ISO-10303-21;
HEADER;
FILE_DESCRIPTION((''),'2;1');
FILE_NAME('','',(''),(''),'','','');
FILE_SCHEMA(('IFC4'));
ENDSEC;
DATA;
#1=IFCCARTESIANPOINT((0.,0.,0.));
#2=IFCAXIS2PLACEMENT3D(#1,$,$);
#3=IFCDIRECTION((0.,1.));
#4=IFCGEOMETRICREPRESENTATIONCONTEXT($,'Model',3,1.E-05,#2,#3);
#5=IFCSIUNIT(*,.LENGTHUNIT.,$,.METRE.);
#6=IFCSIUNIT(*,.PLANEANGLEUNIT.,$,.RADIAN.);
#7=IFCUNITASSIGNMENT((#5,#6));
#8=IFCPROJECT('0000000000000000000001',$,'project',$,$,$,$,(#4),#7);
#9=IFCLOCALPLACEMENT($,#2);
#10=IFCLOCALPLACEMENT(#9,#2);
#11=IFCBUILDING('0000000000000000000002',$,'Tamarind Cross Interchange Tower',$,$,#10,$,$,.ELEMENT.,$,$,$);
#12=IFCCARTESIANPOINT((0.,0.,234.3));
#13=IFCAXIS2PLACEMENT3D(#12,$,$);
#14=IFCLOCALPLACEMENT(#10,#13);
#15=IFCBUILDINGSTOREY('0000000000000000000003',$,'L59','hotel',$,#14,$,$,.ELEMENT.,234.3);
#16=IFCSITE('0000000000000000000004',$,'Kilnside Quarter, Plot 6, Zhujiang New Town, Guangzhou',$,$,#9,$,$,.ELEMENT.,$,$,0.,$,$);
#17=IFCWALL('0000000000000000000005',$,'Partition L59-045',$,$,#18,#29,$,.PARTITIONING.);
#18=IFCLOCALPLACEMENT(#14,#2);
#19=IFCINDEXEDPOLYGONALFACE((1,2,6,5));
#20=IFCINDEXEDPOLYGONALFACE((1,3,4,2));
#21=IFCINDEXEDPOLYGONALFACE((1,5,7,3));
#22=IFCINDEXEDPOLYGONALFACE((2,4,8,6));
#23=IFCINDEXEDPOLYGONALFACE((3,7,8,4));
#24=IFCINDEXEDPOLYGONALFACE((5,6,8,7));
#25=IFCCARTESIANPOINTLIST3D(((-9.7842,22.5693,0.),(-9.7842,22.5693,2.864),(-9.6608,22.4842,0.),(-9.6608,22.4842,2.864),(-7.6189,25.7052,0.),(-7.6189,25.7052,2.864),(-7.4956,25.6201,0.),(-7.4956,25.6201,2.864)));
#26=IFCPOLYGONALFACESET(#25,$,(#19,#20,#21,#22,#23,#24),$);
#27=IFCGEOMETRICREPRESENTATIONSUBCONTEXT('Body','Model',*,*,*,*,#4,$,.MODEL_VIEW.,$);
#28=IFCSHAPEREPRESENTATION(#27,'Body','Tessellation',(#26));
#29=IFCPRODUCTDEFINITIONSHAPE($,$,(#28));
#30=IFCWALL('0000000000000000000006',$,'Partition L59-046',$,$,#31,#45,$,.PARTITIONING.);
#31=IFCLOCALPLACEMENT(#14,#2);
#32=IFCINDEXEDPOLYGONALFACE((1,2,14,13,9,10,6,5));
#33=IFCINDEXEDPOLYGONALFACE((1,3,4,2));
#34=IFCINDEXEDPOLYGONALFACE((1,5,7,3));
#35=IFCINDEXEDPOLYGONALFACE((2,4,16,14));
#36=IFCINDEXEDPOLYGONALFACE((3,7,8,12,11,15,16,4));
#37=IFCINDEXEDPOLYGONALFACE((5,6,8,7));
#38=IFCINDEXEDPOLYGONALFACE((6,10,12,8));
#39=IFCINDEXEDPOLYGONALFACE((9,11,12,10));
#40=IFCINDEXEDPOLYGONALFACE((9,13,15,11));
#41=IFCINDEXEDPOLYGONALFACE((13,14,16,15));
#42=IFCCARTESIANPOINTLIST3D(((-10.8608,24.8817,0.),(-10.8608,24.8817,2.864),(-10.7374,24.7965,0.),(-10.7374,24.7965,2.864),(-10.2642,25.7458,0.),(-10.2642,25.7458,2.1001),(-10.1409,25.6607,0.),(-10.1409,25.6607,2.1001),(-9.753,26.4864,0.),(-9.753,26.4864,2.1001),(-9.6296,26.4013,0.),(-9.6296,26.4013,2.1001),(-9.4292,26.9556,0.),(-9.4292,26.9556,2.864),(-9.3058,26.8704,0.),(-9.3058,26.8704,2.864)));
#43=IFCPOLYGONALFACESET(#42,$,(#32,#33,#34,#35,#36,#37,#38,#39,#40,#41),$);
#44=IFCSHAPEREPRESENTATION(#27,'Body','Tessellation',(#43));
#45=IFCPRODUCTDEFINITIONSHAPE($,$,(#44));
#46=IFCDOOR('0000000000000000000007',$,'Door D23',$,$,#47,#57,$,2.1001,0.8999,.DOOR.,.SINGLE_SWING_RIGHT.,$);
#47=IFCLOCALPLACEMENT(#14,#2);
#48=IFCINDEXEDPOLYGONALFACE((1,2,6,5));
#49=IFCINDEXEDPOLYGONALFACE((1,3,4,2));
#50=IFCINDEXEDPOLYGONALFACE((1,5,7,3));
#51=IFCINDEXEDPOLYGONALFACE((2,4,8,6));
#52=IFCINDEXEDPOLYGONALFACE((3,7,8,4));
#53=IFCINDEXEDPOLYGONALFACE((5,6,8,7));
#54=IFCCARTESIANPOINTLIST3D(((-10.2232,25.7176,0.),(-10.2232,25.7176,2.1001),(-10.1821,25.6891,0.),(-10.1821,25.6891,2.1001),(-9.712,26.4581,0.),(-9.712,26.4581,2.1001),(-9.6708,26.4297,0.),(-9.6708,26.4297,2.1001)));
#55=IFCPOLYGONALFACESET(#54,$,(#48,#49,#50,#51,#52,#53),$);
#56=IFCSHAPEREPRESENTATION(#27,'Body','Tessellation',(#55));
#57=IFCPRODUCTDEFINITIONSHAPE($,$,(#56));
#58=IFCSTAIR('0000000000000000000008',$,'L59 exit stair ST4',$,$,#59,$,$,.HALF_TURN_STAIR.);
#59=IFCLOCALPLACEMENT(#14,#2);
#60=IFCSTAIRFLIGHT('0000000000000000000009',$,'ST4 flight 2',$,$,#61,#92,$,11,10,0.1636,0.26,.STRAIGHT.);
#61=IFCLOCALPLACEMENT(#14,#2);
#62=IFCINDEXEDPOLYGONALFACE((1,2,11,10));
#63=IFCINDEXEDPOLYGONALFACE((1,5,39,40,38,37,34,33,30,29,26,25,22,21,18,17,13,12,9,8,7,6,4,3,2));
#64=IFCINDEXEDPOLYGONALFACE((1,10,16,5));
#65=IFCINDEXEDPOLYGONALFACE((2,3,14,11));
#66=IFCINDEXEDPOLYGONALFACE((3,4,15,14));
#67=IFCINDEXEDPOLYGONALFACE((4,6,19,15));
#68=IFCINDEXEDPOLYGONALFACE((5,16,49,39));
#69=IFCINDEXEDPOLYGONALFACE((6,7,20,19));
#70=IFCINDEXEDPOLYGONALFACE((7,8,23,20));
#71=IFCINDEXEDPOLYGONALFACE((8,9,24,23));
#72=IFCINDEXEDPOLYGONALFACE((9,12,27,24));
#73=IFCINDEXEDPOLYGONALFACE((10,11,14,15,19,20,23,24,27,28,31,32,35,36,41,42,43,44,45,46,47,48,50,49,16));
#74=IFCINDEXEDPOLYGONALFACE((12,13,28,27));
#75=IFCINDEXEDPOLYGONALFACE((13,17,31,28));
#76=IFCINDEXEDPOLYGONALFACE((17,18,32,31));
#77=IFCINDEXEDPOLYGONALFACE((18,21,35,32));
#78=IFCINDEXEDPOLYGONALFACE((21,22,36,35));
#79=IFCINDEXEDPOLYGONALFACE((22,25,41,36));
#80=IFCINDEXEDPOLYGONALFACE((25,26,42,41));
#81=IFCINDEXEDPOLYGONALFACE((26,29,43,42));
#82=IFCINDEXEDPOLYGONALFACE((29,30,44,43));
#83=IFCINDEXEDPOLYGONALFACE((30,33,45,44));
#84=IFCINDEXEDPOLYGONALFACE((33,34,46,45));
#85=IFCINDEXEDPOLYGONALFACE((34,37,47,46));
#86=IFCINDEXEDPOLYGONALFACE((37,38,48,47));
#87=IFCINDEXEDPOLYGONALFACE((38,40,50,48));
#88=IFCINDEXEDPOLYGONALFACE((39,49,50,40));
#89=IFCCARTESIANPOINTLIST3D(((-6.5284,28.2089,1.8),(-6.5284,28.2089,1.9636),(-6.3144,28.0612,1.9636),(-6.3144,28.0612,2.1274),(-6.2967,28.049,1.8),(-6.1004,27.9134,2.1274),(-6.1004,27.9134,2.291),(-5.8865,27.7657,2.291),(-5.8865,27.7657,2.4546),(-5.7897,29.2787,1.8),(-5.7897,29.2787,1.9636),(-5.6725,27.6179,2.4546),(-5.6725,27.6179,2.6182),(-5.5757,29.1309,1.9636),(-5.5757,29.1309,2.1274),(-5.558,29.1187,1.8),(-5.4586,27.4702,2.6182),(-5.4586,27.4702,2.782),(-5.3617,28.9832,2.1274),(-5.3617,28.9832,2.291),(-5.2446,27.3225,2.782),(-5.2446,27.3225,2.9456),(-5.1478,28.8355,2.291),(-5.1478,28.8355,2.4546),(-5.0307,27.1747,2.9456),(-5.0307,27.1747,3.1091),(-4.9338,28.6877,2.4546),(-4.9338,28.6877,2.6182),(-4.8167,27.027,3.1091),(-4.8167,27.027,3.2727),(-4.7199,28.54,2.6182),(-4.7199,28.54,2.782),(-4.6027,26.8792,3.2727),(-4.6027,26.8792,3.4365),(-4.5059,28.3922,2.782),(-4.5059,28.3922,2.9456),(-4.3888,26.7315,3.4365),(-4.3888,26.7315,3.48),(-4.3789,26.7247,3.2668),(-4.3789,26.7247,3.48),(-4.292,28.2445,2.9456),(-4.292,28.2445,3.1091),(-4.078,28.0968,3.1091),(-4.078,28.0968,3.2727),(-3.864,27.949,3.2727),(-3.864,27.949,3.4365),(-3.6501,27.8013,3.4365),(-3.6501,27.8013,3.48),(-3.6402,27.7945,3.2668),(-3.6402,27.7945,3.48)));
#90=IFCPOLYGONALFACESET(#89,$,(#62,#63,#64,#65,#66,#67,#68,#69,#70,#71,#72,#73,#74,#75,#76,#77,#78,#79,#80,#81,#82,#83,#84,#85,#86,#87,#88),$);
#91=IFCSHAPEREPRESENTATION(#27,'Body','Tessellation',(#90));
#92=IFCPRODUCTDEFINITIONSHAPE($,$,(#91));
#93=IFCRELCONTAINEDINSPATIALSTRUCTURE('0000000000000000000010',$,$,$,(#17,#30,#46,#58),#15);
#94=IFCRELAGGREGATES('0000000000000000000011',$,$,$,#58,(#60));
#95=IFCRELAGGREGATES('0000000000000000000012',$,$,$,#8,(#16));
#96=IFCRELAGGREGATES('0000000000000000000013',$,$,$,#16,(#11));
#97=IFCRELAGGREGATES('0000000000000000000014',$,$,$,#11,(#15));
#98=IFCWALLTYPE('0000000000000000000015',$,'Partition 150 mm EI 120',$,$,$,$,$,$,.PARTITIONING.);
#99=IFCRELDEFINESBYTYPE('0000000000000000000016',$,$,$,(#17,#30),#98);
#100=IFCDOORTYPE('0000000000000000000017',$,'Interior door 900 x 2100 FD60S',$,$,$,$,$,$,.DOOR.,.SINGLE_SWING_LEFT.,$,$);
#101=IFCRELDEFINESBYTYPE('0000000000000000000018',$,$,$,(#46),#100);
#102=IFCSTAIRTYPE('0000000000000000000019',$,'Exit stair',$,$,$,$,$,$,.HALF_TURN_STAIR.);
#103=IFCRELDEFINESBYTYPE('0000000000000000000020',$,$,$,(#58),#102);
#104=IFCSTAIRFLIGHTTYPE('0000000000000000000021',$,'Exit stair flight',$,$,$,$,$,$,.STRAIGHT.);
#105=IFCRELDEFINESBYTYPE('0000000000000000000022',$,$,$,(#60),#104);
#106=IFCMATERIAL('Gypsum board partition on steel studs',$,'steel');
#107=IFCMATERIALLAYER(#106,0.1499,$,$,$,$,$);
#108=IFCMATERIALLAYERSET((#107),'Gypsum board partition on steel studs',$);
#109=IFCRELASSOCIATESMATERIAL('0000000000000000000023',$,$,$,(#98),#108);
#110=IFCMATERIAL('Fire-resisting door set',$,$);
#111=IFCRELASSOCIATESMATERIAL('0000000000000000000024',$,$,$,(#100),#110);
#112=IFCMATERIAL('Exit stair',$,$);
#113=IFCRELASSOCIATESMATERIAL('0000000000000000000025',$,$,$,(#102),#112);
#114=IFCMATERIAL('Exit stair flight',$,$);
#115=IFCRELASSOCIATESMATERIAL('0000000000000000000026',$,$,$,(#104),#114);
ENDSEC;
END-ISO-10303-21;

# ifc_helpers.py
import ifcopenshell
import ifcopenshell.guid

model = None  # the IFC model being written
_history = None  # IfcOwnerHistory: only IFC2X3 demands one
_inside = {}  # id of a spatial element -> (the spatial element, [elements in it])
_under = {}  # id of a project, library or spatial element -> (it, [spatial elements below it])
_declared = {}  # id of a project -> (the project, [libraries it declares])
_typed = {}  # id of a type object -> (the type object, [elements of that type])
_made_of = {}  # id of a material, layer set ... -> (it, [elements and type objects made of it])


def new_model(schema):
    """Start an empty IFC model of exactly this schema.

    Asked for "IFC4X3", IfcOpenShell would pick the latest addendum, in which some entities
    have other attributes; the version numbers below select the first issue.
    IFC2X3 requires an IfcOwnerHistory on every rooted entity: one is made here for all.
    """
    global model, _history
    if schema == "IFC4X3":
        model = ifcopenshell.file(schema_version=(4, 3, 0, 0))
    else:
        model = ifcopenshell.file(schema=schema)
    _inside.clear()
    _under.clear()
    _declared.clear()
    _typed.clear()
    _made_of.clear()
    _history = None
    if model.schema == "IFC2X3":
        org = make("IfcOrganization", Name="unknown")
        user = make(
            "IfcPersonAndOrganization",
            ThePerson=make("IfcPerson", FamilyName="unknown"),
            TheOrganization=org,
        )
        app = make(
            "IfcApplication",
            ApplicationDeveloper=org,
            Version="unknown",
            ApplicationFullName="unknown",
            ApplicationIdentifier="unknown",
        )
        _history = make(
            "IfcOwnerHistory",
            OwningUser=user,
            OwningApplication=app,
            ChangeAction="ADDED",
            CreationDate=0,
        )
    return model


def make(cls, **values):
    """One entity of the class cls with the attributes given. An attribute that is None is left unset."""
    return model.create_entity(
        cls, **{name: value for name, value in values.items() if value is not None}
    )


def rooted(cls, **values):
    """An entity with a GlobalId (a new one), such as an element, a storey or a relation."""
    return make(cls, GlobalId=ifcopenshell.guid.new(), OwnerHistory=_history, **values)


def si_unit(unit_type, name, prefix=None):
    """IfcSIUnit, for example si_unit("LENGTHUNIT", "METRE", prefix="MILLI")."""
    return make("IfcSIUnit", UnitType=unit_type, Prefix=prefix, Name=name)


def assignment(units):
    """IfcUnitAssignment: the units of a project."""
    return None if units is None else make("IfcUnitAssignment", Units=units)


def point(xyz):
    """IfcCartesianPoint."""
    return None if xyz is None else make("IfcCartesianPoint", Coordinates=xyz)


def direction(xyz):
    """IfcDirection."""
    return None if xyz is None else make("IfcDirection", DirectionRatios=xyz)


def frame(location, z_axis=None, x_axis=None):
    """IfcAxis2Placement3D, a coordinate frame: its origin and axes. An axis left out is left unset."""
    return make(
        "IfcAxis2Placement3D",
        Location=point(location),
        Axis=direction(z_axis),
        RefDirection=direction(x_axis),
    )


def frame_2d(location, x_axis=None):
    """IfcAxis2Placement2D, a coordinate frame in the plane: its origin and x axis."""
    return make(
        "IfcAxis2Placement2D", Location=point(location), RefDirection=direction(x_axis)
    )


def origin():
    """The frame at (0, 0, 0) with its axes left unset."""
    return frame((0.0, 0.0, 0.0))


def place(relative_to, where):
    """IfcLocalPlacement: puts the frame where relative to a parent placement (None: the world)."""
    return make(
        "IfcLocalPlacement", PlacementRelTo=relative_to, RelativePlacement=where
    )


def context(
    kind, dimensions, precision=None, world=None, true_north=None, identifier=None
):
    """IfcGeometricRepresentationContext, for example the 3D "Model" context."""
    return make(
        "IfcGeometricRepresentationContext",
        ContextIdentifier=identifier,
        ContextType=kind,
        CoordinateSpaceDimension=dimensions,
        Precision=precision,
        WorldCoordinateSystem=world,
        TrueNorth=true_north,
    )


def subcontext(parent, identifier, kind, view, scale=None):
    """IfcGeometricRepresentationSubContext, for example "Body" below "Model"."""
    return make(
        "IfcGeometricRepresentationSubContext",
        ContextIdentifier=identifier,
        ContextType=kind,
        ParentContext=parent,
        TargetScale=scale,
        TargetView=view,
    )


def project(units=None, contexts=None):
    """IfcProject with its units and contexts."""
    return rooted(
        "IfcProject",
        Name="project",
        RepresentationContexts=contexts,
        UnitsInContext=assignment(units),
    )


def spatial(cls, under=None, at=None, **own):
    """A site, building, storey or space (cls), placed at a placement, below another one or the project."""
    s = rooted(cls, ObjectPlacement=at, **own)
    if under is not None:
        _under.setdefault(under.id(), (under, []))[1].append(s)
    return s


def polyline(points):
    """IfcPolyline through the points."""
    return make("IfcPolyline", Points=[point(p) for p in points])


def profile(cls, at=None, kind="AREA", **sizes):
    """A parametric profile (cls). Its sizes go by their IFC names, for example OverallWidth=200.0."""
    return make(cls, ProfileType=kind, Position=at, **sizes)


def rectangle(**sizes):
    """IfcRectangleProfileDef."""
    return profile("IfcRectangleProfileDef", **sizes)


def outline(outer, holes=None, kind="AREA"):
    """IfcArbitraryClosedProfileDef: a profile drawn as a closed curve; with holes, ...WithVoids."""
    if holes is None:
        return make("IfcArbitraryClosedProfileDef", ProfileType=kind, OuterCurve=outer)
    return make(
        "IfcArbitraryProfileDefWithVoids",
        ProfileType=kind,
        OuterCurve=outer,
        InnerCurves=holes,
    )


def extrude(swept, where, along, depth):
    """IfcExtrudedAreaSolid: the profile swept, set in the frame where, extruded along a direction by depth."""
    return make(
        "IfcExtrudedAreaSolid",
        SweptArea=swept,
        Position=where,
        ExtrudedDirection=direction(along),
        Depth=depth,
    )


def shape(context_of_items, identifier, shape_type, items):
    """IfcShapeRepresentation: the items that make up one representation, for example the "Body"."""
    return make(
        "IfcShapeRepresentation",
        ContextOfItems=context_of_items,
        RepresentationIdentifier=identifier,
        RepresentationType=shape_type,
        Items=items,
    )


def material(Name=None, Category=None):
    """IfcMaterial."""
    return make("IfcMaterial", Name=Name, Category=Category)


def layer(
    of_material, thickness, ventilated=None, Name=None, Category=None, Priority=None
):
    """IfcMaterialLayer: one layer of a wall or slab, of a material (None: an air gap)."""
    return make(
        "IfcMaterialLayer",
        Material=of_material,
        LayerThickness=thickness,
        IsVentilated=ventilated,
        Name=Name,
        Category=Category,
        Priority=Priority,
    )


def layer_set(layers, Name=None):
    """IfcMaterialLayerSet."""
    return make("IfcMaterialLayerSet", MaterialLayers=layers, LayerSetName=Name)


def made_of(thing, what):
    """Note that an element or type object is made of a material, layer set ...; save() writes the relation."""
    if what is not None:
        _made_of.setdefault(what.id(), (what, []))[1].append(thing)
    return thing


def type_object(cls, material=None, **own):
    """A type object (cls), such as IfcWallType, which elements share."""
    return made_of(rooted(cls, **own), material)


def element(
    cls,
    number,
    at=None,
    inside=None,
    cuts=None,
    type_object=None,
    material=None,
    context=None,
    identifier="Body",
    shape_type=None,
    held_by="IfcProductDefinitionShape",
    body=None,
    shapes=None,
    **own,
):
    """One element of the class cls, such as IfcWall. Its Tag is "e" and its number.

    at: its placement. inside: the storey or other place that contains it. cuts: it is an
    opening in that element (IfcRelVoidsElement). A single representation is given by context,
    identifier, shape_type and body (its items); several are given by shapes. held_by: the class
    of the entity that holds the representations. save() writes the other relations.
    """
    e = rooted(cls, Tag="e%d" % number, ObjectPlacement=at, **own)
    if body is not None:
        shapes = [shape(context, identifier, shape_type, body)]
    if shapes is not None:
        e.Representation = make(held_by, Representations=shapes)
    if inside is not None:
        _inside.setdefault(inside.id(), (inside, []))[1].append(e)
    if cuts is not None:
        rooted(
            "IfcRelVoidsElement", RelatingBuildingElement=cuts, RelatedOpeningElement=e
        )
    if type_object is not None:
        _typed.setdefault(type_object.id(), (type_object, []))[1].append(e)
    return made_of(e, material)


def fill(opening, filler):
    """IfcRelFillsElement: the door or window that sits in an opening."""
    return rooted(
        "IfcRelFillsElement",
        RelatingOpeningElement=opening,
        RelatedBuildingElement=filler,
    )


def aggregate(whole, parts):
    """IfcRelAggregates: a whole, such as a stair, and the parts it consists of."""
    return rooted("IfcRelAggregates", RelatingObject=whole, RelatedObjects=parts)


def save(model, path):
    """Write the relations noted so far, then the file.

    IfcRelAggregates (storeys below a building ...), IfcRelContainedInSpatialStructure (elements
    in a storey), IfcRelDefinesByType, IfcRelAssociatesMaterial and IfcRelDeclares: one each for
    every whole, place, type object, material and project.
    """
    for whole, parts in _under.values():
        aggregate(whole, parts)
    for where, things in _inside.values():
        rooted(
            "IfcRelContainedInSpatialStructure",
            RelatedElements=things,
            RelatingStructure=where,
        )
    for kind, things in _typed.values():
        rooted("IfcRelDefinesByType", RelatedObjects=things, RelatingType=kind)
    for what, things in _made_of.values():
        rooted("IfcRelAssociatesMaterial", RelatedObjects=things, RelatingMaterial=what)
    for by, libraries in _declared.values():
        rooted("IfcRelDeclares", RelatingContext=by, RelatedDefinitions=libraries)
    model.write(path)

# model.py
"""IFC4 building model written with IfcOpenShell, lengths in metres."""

from ifc_helpers import new_model, si_unit, direction, frame, frame_2d, origin, place, context, subcontext, project, spatial, polyline, rectangle, outline, extrude, material, layer, layer_set, type_object, element, fill, aggregate, save


model = new_model("IFC4")

# Units and contexts
model_context = context("Model", 3, precision=1e-05, world=origin(), true_north=direction((0.0, 1.0)))
body_context = subcontext(model_context, "Body", "Model", "MODEL_VIEW")
ifc_project = project(units=[si_unit("LENGTHUNIT", "METRE"), si_unit("PLANEANGLEUNIT", "RADIAN")], contexts=[model_context])

# Site, building, storey
site_placement = place(None, origin())
site = spatial("IfcSite", under=ifc_project, at=site_placement, Name="Kilnside Quarter, Plot 6, Zhujiang New Town, Guangzhou", CompositionType="ELEMENT", RefElevation=0.0)
building_placement = place(site_placement, origin())
building = spatial("IfcBuilding", under=site, at=building_placement, Name="Tamarind Cross Interchange Tower", CompositionType="ELEMENT")
storey_placement = place(building_placement, frame((0.0, 0.0, 234.3)))
storey = spatial("IfcBuildingStorey", under=building, at=storey_placement, Name="L59", Description="hotel", CompositionType="ELEMENT", Elevation=234.3)

# Shared definitions
ifc_material_1 = material(Name="Gypsum board partition on steel studs", Category="steel")
ifc_layer_1 = layer(ifc_material_1, 0.1499)
ifc_layer_set_1 = layer_set([ifc_layer_1], Name="Gypsum board partition on steel studs")
wall_type = type_object("IfcWallType", Name="Partition 150 mm EI 120", PredefinedType="PARTITIONING", material=ifc_layer_set_1)
ifc_material_2 = material(Name="Fire-resisting door set")
door_type_1 = type_object("IfcDoorType", Name="Interior door 900 x 2100 FD60S", OperationType="SINGLE_SWING_LEFT", PredefinedType="DOOR", material=ifc_material_2)

# Wall
wall_1_placement = place(storey_placement, frame((-9.7224, 22.5269, 0.0), z_axis=(0.0, 0.0, 1.0), x_axis=(0.568183, 0.822902, 0.0)))
element("IfcWall", 1, at=wall_1_placement, inside=storey, type_object=wall_type, Name="Partition L59-045", PredefinedType="PARTITIONING", context=body_context, shape_type="SweptSolid", body=[
    extrude(rectangle(XDim=3.8108, YDim=0.1499, at=frame_2d((1.9053, 0.0))), origin(), (0.0, 0.0, 1.0), 2.864),
])

# Wall, opening, door
wall_2_placement = place(storey_placement, frame((-10.7991, 24.8391, 0.0), z_axis=(0.0, 0.0, 1.0), x_axis=(0.568086, 0.822969, 0.0)))
wall_2 = element("IfcWall", 2, at=wall_2_placement, inside=storey, type_object=wall_type, Name="Partition L59-046", PredefinedType="PARTITIONING", context=body_context, shape_type="SweptSolid", body=[
    extrude(rectangle(XDim=2.52, YDim=0.1499, at=frame_2d((1.26, 0.0))), origin(), (0.0, 0.0, 1.0), 2.864),
])
opening_1_placement = place(wall_2_placement, frame((1.05, 0.0, 0.0)))
opening_1 = element("IfcOpeningElement", 3, at=opening_1_placement, cuts=wall_2, PredefinedType="OPENING", context=body_context, shape_type="SweptSolid", body=[
    extrude(rectangle(XDim=0.8999, YDim=2.1001, at=frame_2d((0.45, 1.05))), frame((0.0, 0.085, 0.0), z_axis=(0.0, -1.0, 0.0), x_axis=(1.0, 0.0, 0.0)), (0.0, 0.0, 1.0), 0.1699),
])
door_1_placement = place(opening_1_placement, frame((0.8999, 0.0, 0.0), z_axis=(0.0, 0.0, 1.0), x_axis=(-1.0, 0.0, 0.0)))
door_1 = element("IfcDoor", 4, at=door_1_placement, inside=storey, type_object=door_type_1, Name="Door D23", OperationType="SINGLE_SWING_RIGHT", OverallHeight=2.1001, OverallWidth=0.8999, PredefinedType="DOOR", context=body_context, shape_type="SweptSolid", body=[
    extrude(rectangle(XDim=0.8999, YDim=2.1001, at=frame_2d((0.45, 1.05))), frame((0.0, 0.0249, 0.0), z_axis=(0.0, -1.0, 0.0), x_axis=(1.0, 0.0, 0.0)), (0.0, 0.0, 1.0), 0.05),
])
fill(opening_1, door_1)

# Stair, stair flight
ifc_material_3 = material(Name="Exit stair")
stair_type = type_object("IfcStairType", Name="Exit stair", PredefinedType="HALF_TURN_STAIR", material=ifc_material_3)
stair_placement = place(storey_placement, origin())
stair = element("IfcStair", 5, at=stair_placement, inside=storey, type_object=stair_type, Name="L59 exit stair ST4", PredefinedType="HALF_TURN_STAIR")
ifc_material_4 = material(Name="Exit stair flight")
stair_flight_type = type_object("IfcStairFlightType", Name="Exit stair flight", PredefinedType="STRAIGHT", material=ifc_material_4)
stair_flight_placement = place(storey_placement, frame((-6.1589, 28.7439, 1.8), z_axis=(0.0, 0.0, 1.0), x_axis=(0.822883, -0.568211, 0.0)))
stair_flight = element("IfcStairFlight", 6, at=stair_flight_placement, type_object=stair_flight_type, Name="ST4 flight 2", NumberOfRisers=11, NumberOfTreads=10, PredefinedType="STRAIGHT", RiserHeight=0.1636, TreadLength=0.26, context=body_context, shape_type="SweptSolid", body=[
    extrude(outline(polyline([(0.0, 0.0), (0.0, 0.1636), (0.26, 0.1636), (0.26, 0.3274), (0.52, 0.3274), (0.52, 0.491), (0.78, 0.491), (0.78, 0.6545), (1.04, 0.6545), (1.04, 0.8181), (1.3, 0.8181), (1.3, 0.9819), (1.5601, 0.9819), (1.5601, 1.1455), (1.8201, 1.1455), (1.8201, 1.3091), (2.0801, 1.3091), (2.0801, 1.4727), (2.3401, 1.4727), (2.3401, 1.6365), (2.6001, 1.6365), (2.6001, 1.6799), (2.6121, 1.6799), (2.6121, 1.4668), (0.2815, 0.0), (0.0, 0.0)])), frame((0.0, 0.6499, 0.0), z_axis=(0.0, -1.0, 0.0), x_axis=(1.0, 0.0, 0.0)), (0.0, 0.0, 1.0), 1.3),
])
aggregate(stair, [stair_flight])

save(model, "model.ifc")
